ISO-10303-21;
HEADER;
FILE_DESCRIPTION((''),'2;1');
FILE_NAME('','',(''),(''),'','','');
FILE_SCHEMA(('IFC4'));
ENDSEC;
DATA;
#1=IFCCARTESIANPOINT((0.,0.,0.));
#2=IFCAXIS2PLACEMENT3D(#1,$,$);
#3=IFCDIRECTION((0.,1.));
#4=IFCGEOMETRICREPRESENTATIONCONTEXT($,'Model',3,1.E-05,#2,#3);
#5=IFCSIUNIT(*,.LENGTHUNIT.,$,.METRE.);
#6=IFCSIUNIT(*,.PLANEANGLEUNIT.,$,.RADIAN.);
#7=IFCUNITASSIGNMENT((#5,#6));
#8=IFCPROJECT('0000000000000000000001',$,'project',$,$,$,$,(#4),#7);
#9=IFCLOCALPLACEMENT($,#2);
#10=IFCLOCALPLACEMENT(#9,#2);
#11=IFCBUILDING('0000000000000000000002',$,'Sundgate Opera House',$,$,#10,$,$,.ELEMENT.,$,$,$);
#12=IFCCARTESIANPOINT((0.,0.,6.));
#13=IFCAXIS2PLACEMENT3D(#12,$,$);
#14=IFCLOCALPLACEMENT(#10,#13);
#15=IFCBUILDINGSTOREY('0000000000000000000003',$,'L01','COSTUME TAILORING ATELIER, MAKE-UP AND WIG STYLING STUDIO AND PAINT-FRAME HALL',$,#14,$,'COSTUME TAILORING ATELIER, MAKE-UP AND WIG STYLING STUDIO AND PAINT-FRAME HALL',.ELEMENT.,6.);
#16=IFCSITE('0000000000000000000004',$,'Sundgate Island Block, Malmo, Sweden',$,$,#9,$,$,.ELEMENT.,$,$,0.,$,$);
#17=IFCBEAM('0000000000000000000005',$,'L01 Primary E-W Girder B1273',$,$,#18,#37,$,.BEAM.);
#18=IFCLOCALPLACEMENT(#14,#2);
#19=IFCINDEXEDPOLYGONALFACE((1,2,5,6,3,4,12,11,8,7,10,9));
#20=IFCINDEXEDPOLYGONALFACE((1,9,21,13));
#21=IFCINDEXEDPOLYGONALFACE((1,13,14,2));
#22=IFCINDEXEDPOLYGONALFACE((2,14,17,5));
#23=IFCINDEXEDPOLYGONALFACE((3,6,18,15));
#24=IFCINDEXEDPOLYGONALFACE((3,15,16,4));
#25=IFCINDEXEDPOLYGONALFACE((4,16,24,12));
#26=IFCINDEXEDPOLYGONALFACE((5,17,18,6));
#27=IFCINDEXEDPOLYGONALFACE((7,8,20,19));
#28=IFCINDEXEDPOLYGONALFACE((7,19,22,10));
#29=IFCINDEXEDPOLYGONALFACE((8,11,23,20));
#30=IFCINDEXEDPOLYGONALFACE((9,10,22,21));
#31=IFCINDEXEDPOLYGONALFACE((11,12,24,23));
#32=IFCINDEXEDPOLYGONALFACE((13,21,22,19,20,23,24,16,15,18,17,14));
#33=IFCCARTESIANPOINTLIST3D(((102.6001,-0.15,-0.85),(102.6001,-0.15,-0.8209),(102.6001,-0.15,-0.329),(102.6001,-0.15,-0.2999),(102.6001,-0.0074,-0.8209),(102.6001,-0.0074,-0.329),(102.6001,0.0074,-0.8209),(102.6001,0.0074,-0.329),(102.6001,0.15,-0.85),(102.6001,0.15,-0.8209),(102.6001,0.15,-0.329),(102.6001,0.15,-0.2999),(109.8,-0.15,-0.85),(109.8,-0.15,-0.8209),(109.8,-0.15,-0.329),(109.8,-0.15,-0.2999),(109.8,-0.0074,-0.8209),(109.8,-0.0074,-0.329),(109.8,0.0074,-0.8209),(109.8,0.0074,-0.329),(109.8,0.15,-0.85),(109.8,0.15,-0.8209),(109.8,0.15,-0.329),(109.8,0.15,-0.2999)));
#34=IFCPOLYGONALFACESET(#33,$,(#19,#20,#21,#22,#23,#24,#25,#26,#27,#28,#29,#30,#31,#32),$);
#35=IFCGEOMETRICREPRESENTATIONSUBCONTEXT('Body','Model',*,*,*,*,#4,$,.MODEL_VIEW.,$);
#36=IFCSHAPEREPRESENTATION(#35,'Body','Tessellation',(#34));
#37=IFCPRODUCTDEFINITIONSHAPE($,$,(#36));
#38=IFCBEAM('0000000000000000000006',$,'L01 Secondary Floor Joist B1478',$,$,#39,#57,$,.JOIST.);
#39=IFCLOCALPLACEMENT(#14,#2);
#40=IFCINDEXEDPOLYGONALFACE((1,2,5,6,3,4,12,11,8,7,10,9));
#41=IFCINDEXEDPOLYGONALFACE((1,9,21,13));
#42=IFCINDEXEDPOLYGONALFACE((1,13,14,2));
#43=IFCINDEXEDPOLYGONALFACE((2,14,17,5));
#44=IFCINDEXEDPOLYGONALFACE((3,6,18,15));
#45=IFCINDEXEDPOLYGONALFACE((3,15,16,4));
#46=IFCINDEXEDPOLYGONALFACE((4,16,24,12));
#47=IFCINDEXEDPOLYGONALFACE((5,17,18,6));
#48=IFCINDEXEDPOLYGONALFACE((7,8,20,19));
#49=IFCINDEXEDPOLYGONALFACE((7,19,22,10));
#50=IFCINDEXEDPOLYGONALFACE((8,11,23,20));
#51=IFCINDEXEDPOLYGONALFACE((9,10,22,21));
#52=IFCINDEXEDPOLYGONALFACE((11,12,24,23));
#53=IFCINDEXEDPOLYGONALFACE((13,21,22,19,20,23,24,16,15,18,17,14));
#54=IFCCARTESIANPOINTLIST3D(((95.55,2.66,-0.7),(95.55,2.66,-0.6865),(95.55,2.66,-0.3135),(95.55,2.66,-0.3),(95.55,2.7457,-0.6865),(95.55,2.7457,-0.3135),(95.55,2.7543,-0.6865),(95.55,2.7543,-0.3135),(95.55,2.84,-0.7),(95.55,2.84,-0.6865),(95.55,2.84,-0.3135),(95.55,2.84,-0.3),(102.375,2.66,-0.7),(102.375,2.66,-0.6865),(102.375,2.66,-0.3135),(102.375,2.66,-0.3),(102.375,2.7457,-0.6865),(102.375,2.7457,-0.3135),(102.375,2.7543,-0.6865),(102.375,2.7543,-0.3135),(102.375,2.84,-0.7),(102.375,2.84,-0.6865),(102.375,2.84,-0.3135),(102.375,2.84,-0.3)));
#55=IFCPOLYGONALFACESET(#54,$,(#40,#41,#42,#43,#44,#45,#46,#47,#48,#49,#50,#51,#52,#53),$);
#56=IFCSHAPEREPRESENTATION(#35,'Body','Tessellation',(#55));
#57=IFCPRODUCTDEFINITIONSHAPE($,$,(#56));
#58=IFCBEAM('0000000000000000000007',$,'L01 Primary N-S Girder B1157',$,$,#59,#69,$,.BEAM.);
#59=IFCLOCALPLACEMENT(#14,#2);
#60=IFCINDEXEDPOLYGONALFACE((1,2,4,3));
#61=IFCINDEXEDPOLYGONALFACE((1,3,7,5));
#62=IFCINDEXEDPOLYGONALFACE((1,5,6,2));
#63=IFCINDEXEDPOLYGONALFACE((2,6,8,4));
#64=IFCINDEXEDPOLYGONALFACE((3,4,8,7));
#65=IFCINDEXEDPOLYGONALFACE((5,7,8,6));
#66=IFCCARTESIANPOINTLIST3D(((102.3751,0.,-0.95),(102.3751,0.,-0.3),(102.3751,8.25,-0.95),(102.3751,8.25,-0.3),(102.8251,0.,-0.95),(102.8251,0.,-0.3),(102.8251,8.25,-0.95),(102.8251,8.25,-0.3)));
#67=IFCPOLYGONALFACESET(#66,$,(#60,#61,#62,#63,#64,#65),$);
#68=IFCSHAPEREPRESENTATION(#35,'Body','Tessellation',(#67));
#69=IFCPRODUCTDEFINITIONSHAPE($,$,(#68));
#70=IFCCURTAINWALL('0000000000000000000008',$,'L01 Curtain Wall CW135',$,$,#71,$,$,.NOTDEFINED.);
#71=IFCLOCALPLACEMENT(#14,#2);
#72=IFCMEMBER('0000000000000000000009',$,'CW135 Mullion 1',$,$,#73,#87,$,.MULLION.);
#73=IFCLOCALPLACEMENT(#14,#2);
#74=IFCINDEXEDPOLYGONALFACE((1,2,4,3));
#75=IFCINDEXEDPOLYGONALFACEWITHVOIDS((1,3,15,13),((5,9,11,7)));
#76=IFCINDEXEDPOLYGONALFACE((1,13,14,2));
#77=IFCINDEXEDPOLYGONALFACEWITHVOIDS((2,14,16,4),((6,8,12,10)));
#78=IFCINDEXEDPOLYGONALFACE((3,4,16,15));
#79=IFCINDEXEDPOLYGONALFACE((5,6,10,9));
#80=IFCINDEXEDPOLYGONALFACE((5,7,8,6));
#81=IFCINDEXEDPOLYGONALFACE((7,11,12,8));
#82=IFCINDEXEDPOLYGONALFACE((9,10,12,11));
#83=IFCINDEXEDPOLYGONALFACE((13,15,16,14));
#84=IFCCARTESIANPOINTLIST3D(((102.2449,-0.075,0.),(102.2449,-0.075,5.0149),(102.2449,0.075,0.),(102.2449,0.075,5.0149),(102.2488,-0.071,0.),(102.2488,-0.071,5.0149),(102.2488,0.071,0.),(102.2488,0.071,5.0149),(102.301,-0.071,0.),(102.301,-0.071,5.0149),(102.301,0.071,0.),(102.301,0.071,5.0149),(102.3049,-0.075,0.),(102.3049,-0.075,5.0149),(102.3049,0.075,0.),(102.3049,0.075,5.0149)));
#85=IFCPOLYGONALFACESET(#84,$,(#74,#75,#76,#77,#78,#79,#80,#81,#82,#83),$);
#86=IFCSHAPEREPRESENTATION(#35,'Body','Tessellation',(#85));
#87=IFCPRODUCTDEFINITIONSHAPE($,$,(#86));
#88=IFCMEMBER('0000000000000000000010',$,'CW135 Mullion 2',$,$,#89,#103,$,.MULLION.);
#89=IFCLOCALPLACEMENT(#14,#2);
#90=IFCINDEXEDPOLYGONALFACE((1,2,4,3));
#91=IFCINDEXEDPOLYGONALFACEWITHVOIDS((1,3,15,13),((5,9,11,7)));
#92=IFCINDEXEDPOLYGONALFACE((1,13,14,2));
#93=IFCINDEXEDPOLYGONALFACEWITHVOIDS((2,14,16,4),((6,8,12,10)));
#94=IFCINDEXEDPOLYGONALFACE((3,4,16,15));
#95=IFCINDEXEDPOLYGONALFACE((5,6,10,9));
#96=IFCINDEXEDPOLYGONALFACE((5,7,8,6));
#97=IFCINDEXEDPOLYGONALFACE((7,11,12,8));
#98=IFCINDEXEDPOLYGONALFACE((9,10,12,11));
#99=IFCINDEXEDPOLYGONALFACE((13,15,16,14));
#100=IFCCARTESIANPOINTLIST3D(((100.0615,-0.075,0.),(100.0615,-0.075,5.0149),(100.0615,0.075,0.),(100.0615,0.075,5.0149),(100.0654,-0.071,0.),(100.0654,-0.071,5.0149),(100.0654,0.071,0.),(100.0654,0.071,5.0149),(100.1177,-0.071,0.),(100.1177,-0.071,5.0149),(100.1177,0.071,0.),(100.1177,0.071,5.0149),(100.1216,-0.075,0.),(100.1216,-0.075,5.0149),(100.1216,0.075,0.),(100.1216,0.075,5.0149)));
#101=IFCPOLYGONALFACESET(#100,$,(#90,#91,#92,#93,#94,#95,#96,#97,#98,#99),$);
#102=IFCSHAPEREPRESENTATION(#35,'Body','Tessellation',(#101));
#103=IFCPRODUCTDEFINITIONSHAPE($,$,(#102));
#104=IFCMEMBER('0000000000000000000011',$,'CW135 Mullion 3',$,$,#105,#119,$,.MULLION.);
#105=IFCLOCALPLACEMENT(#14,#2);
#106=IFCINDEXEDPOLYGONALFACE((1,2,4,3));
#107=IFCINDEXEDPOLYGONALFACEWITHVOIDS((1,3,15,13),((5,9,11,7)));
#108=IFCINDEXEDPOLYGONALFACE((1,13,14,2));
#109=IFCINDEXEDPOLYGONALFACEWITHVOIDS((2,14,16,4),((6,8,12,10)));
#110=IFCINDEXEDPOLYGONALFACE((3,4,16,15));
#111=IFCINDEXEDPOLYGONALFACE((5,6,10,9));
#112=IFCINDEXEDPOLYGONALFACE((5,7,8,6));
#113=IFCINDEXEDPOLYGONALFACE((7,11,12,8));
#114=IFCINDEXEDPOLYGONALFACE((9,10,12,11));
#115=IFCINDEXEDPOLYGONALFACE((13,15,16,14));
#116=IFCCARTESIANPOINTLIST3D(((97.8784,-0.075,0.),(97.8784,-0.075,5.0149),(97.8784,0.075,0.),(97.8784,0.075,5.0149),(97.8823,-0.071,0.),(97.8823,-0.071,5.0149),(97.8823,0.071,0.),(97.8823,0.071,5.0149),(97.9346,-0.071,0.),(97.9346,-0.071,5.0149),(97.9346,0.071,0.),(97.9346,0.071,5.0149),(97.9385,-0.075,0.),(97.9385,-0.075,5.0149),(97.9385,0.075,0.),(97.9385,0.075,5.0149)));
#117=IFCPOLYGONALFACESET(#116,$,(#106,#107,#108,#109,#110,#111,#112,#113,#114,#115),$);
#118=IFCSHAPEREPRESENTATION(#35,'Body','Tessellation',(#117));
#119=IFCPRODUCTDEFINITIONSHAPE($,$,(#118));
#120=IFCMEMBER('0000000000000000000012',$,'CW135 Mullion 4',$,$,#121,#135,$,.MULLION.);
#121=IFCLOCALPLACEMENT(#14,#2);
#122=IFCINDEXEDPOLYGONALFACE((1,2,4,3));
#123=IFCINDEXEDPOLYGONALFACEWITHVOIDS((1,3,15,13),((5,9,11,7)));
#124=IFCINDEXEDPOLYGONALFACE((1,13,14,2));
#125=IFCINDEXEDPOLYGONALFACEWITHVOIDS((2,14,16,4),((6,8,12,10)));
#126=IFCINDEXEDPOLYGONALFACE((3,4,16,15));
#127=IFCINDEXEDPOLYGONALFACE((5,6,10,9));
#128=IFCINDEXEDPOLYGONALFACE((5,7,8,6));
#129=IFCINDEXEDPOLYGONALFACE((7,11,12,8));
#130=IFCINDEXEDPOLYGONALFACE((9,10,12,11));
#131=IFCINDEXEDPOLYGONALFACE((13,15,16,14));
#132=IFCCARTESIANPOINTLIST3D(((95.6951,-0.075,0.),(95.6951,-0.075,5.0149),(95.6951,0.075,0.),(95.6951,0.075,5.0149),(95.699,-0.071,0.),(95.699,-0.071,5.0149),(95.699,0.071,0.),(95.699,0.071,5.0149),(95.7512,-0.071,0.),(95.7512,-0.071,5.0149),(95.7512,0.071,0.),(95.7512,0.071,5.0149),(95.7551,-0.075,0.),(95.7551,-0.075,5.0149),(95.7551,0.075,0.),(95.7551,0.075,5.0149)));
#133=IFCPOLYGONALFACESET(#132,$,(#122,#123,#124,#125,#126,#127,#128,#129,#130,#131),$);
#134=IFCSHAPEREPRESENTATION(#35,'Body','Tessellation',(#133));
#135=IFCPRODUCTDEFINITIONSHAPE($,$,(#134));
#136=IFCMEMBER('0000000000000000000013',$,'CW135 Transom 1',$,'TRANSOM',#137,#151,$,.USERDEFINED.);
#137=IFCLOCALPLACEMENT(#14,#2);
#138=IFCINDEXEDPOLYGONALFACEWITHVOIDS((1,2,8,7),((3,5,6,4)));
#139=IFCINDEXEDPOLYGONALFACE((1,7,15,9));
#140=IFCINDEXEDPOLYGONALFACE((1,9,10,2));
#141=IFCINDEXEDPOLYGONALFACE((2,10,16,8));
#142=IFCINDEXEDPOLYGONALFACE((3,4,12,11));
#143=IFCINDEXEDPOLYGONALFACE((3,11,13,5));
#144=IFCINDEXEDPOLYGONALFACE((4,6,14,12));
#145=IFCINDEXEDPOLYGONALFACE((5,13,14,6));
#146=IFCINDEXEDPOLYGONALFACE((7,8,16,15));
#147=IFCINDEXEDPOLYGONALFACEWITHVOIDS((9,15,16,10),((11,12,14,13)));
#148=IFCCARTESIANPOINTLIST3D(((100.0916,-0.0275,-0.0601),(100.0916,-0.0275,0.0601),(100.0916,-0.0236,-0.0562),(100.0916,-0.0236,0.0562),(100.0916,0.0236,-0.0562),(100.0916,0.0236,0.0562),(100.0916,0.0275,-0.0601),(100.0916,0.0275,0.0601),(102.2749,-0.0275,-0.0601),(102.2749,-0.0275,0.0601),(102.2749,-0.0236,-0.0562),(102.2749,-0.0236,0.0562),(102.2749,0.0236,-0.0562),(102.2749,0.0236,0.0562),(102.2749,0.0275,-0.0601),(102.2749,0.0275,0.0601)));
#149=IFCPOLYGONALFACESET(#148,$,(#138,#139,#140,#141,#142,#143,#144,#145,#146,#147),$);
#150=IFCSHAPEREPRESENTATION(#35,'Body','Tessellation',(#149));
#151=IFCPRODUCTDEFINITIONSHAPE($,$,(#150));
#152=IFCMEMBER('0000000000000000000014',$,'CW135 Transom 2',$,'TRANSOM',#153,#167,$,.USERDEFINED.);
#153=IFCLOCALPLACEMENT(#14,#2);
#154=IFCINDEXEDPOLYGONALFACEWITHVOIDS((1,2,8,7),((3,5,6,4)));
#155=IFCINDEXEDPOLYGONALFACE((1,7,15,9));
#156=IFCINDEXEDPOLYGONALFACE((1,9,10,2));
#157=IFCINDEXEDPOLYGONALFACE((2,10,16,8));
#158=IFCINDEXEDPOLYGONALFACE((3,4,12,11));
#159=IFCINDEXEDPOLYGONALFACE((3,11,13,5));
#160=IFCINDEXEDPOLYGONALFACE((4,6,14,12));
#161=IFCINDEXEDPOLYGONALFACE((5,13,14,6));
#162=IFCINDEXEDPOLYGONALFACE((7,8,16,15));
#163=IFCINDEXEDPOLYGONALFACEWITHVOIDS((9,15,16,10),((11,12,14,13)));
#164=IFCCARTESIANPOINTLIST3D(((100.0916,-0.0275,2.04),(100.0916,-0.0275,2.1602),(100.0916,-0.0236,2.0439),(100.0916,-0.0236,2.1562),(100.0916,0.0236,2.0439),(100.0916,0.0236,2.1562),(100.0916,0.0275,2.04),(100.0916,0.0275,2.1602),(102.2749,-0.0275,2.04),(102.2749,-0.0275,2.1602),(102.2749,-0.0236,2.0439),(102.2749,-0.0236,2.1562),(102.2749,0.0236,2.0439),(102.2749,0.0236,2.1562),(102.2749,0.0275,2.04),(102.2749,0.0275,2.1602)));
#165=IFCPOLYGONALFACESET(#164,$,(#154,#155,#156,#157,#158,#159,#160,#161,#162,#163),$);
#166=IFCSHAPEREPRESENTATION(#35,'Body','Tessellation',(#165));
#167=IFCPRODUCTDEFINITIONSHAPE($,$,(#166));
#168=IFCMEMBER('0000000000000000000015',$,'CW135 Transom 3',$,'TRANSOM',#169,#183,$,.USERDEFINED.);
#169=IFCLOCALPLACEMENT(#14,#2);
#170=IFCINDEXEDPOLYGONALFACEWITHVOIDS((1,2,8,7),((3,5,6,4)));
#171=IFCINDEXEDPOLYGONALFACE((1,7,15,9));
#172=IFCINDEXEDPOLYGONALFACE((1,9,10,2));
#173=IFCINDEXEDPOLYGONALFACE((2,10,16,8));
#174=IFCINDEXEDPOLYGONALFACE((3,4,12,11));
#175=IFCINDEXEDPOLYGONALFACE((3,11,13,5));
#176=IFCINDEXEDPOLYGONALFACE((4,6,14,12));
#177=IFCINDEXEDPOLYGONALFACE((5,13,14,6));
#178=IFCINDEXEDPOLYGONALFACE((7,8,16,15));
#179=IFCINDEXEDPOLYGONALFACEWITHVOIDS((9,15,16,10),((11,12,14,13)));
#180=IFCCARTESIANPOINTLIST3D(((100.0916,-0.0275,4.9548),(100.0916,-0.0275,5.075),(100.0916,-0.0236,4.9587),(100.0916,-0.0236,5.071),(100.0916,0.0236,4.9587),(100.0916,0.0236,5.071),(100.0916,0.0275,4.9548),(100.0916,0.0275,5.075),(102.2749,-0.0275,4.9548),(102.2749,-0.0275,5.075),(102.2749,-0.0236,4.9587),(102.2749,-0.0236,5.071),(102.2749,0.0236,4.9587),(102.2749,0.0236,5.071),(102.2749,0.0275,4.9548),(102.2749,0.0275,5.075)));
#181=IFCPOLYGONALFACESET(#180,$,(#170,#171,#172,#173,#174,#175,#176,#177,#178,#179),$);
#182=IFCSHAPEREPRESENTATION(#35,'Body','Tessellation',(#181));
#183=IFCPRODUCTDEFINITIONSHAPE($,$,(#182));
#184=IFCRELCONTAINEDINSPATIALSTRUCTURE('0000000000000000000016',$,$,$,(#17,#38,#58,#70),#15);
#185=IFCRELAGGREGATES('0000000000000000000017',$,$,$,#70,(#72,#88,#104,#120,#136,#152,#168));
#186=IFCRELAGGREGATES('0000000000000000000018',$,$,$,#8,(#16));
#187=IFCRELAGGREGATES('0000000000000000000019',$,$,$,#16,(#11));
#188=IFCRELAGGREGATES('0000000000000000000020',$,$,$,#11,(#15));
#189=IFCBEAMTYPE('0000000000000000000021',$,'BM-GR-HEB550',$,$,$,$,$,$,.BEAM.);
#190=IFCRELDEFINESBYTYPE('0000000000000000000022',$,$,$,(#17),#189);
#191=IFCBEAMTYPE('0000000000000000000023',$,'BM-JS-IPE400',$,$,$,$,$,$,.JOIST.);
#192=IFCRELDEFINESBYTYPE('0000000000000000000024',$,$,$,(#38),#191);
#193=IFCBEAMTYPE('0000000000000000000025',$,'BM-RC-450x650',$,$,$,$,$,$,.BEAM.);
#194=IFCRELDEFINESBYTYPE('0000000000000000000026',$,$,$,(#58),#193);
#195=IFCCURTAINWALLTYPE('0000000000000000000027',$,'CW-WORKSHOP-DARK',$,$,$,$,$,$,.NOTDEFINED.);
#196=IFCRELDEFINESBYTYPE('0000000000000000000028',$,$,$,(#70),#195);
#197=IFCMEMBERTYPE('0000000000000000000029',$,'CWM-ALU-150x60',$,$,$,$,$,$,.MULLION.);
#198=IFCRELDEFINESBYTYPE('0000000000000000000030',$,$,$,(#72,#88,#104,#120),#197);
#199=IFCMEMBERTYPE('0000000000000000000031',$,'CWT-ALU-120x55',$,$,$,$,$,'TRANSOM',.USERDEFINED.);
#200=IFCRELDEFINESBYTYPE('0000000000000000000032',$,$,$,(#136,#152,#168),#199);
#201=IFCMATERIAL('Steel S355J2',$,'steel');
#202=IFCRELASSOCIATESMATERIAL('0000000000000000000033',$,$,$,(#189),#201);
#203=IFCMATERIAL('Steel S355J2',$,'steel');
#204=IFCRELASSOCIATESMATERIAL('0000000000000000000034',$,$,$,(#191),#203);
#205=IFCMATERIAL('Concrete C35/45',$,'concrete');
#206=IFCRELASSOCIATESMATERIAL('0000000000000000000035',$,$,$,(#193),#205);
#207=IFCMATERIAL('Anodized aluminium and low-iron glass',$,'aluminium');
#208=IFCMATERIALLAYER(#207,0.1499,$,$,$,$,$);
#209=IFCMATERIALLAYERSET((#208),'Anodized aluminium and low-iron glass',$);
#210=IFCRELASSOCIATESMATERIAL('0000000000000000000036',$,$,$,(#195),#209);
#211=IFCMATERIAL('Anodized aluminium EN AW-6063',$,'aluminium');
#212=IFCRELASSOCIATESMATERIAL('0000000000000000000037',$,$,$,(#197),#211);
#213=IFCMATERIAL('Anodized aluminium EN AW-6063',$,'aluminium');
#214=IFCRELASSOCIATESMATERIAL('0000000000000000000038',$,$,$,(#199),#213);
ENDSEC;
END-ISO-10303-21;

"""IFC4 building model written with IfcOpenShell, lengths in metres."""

from ifc_helpers import new_model, si_unit, direction, frame, origin, origin_2d, place, context, subcontext, project, spatial, rectangle, hollow_rectangle, i_section, extrude, material, layer, layer_set, material_profile, profile_set, type_object, element, aggregate, save


model = new_model("IFC4")

# Units and contexts
model_context = context("Model", 3, precision=1e-05, world=origin(), true_north=direction((0.0, 1.0)))
body_context = subcontext(model_context, "Body", "Model", "MODEL_VIEW")
ifc_project = project(units=[si_unit("LENGTHUNIT", "METRE"), si_unit("PLANEANGLEUNIT", "RADIAN")], contexts=[model_context])

# Site, building, storey
site_placement = place(None, origin())
site = spatial("IfcSite", under=ifc_project, at=site_placement, Name="Sundgate Island Block, Malmo, Sweden", CompositionType="ELEMENT", RefElevation=0.0)
building_placement = place(site_placement, origin())
building = spatial("IfcBuilding", under=site, at=building_placement, Name="Sundgate Opera House", CompositionType="ELEMENT")
storey_placement = place(building_placement, frame((0.0, 0.0, 6.0)))
storey = spatial("IfcBuildingStorey", under=building, at=storey_placement, Name="L01", Description="COSTUME TAILORING ATELIER, MAKE-UP AND WIG STYLING STUDIO AND PAINT-FRAME HALL", LongName="COSTUME TAILORING ATELIER, MAKE-UP AND WIG STYLING STUDIO AND PAINT-FRAME HALL", CompositionType="ELEMENT", Elevation=6.0)

# Beams
ifc_material_1 = material(Name="Steel S355J2", Category="steel")
ifc_material_profile_1 = material_profile(ifc_material_1, i_section(OverallWidth=0.3, OverallDepth=0.55, WebThickness=0.0149, FlangeThickness=0.0291, at=origin_2d()), Name="HEB 550")
ifc_profile_set_1 = profile_set([ifc_material_profile_1], Name="Steel S355J2")
beam_type_1 = type_object("IfcBeamType", Name="BM-GR-HEB550", PredefinedType="BEAM", material=ifc_profile_set_1)
beam_1_placement = place(storey_placement, frame((102.6001, 0.0, -0.575), z_axis=(1.0, 0.0, 0.0), x_axis=(0.0, 1.0, 0.0)))
element("IfcBeam", 1, at=beam_1_placement, inside=storey, type_object=beam_type_1, Name="L01 Primary E-W Girder B1273", PredefinedType="BEAM", context=body_context, shape_type="SweptSolid", body=[
    extrude(i_section(OverallWidth=0.3, OverallDepth=0.55, WebThickness=0.0149, FlangeThickness=0.0291, at=origin_2d()), origin(), (0.0, 0.0, 1.0), 7.2),
])
ifc_material_2 = material(Name="Steel S355J2", Category="steel")
ifc_material_profile_2 = material_profile(ifc_material_2, i_section(OverallWidth=0.1799, OverallDepth=0.3999, WebThickness=0.0085, FlangeThickness=0.0134, at=origin_2d()), Name="IPE 400")
ifc_profile_set_2 = profile_set([ifc_material_profile_2], Name="Steel S355J2")
beam_type_2 = type_object("IfcBeamType", Name="BM-JS-IPE400", PredefinedType="JOIST", material=ifc_profile_set_2)
beam_2_placement = place(storey_placement, frame((95.55, 2.75, -0.5), z_axis=(1.0, 0.0, 0.0), x_axis=(0.0, 1.0, 0.0)))
element("IfcBeam", 2, at=beam_2_placement, inside=storey, type_object=beam_type_2, Name="L01 Secondary Floor Joist B1478", PredefinedType="JOIST", context=body_context, shape_type="SweptSolid", body=[
    extrude(i_section(OverallWidth=0.1799, OverallDepth=0.3999, WebThickness=0.0085, FlangeThickness=0.0134, at=origin_2d()), origin(), (0.0, 0.0, 1.0), 6.825),
])
ifc_material_3 = material(Name="Concrete C35/45", Category="concrete")
ifc_material_profile_3 = material_profile(ifc_material_3, rectangle(XDim=0.45, YDim=0.6499, at=origin_2d()), Name="RC 450x650")
ifc_profile_set_3 = profile_set([ifc_material_profile_3], Name="Concrete C35/45")
beam_type_3 = type_object("IfcBeamType", Name="BM-RC-450x650", PredefinedType="BEAM", material=ifc_profile_set_3)
beam_3_placement = place(storey_placement, frame((102.6001, 0.0, -0.625), z_axis=(0.0, 1.0, 0.0), x_axis=(-1.0, 0.0, 0.0)))
element("IfcBeam", 3, at=beam_3_placement, inside=storey, type_object=beam_type_3, Name="L01 Primary N-S Girder B1157", PredefinedType="BEAM", context=body_context, shape_type="SweptSolid", body=[
    extrude(rectangle(XDim=0.45, YDim=0.6499, at=origin_2d()), origin(), (0.0, 0.0, 1.0), 8.25),
])

# Curtain wall, members
ifc_material_4 = material(Name="Anodized aluminium and low-iron glass", Category="aluminium")
ifc_layer_1 = layer(ifc_material_4, 0.1499)
ifc_layer_set_1 = layer_set([ifc_layer_1], Name="Anodized aluminium and low-iron glass")
curtain_wall_type = type_object("IfcCurtainWallType", Name="CW-WORKSHOP-DARK", PredefinedType="NOTDEFINED", material=ifc_layer_set_1)
curtain_wall_placement = place(storey_placement, origin())
curtain_wall = element("IfcCurtainWall", 4, at=curtain_wall_placement, inside=storey, type_object=curtain_wall_type, Name="L01 Curtain Wall CW135", PredefinedType="NOTDEFINED")
ifc_material_5 = material(Name="Anodized aluminium EN AW-6063", Category="aluminium")
ifc_material_profile_4 = material_profile(ifc_material_5, hollow_rectangle(XDim=0.0601, YDim=0.1499, WallThickness=0.0039, at=origin_2d()), Name="CWM 150x60x4")
ifc_profile_set_4 = profile_set([ifc_material_profile_4], Name="Anodized aluminium EN AW-6063")
member_type_1 = type_object("IfcMemberType", Name="CWM-ALU-150x60", PredefinedType="MULLION", material=ifc_profile_set_4)
member_1_placement = place(storey_placement, frame((102.2749, 0.0, 0.0), z_axis=(0.0, 0.0, 1.0), x_axis=(1.0, 0.0, 0.0)))
member_1 = element("IfcMember", 5, at=member_1_placement, type_object=member_type_1, Name="CW135 Mullion 1", PredefinedType="MULLION", context=body_context, shape_type="SweptSolid", body=[
    extrude(hollow_rectangle(XDim=0.0601, YDim=0.1499, WallThickness=0.0039, at=origin_2d()), origin(), (0.0, 0.0, 1.0), 5.0149),
])
member_2_placement = place(storey_placement, frame((100.0916, 0.0, 0.0), z_axis=(0.0, 0.0, 1.0), x_axis=(1.0, 0.0, 0.0)))
member_2 = element("IfcMember", 6, at=member_2_placement, type_object=member_type_1, Name="CW135 Mullion 2", PredefinedType="MULLION", context=body_context, shape_type="SweptSolid", body=[
    extrude(hollow_rectangle(XDim=0.0601, YDim=0.1499, WallThickness=0.0039, at=origin_2d()), origin(), (0.0, 0.0, 1.0), 5.0149),
])
member_3_placement = place(storey_placement, frame((97.9084, 0.0, 0.0), z_axis=(0.0, 0.0, 1.0), x_axis=(1.0, 0.0, 0.0)))
member_3 = element("IfcMember", 7, at=member_3_placement, type_object=member_type_1, Name="CW135 Mullion 3", PredefinedType="MULLION", context=body_context, shape_type="SweptSolid", body=[
    extrude(hollow_rectangle(XDim=0.0601, YDim=0.1499, WallThickness=0.0039, at=origin_2d()), origin(), (0.0, 0.0, 1.0), 5.0149),
])
member_4_placement = place(storey_placement, frame((95.7251, 0.0, 0.0), z_axis=(0.0, 0.0, 1.0), x_axis=(1.0, 0.0, 0.0)))
member_4 = element("IfcMember", 8, at=member_4_placement, type_object=member_type_1, Name="CW135 Mullion 4", PredefinedType="MULLION", context=body_context, shape_type="SweptSolid", body=[
    extrude(hollow_rectangle(XDim=0.0601, YDim=0.1499, WallThickness=0.0039, at=origin_2d()), origin(), (0.0, 0.0, 1.0), 5.0149),
])
ifc_material_6 = material(Name="Anodized aluminium EN AW-6063", Category="aluminium")
ifc_material_profile_5 = material_profile(ifc_material_6, hollow_rectangle(XDim=0.0549, YDim=0.1201, WallThickness=0.0039, at=origin_2d()), Name="CWT 120x55x4")
ifc_profile_set_5 = profile_set([ifc_material_profile_5], Name="Anodized aluminium EN AW-6063")
member_type_2 = type_object("IfcMemberType", Name="CWT-ALU-120x55", ElementType="TRANSOM", PredefinedType="USERDEFINED", material=ifc_profile_set_5)
member_5_placement = place(storey_placement, frame((102.2749, 0.0, 0.0), z_axis=(-1.0, 0.0, 0.0), x_axis=(0.0, -1.0, 0.0)))
member_5 = element("IfcMember", 9, at=member_5_placement, type_object=member_type_2, Name="CW135 Transom 1", ObjectType="TRANSOM", PredefinedType="USERDEFINED", context=body_context, shape_type="SweptSolid", body=[
    extrude(hollow_rectangle(XDim=0.0549, YDim=0.1201, WallThickness=0.0039, at=origin_2d()), origin(), (0.0, 0.0, 1.0), 2.1833),
])
member_6_placement = place(storey_placement, frame((102.2749, 0.0, 2.1001), z_axis=(-1.0, 0.0, 0.0), x_axis=(0.0, -1.0, 0.0)))
member_6 = element("IfcMember", 10, at=member_6_placement, type_object=member_type_2, Name="CW135 Transom 2", ObjectType="TRANSOM", PredefinedType="USERDEFINED", context=body_context, shape_type="SweptSolid", body=[
    extrude(hollow_rectangle(XDim=0.0549, YDim=0.1201, WallThickness=0.0039, at=origin_2d()), origin(), (0.0, 0.0, 1.0), 2.1833),
])
member_7_placement = place(storey_placement, frame((102.2749, 0.0, 5.0149), z_axis=(-1.0, 0.0, 0.0), x_axis=(0.0, -1.0, 0.0)))
member_7 = element("IfcMember", 11, at=member_7_placement, type_object=member_type_2, Name="CW135 Transom 3", ObjectType="TRANSOM", PredefinedType="USERDEFINED", context=body_context, shape_type="SweptSolid", body=[
    extrude(hollow_rectangle(XDim=0.0549, YDim=0.1201, WallThickness=0.0039, at=origin_2d()), origin(), (0.0, 0.0, 1.0), 2.1833),
])
aggregate(curtain_wall, [member_1, member_2, member_3, member_4, member_5, member_6, member_7])

save(model, "model.ifc")
